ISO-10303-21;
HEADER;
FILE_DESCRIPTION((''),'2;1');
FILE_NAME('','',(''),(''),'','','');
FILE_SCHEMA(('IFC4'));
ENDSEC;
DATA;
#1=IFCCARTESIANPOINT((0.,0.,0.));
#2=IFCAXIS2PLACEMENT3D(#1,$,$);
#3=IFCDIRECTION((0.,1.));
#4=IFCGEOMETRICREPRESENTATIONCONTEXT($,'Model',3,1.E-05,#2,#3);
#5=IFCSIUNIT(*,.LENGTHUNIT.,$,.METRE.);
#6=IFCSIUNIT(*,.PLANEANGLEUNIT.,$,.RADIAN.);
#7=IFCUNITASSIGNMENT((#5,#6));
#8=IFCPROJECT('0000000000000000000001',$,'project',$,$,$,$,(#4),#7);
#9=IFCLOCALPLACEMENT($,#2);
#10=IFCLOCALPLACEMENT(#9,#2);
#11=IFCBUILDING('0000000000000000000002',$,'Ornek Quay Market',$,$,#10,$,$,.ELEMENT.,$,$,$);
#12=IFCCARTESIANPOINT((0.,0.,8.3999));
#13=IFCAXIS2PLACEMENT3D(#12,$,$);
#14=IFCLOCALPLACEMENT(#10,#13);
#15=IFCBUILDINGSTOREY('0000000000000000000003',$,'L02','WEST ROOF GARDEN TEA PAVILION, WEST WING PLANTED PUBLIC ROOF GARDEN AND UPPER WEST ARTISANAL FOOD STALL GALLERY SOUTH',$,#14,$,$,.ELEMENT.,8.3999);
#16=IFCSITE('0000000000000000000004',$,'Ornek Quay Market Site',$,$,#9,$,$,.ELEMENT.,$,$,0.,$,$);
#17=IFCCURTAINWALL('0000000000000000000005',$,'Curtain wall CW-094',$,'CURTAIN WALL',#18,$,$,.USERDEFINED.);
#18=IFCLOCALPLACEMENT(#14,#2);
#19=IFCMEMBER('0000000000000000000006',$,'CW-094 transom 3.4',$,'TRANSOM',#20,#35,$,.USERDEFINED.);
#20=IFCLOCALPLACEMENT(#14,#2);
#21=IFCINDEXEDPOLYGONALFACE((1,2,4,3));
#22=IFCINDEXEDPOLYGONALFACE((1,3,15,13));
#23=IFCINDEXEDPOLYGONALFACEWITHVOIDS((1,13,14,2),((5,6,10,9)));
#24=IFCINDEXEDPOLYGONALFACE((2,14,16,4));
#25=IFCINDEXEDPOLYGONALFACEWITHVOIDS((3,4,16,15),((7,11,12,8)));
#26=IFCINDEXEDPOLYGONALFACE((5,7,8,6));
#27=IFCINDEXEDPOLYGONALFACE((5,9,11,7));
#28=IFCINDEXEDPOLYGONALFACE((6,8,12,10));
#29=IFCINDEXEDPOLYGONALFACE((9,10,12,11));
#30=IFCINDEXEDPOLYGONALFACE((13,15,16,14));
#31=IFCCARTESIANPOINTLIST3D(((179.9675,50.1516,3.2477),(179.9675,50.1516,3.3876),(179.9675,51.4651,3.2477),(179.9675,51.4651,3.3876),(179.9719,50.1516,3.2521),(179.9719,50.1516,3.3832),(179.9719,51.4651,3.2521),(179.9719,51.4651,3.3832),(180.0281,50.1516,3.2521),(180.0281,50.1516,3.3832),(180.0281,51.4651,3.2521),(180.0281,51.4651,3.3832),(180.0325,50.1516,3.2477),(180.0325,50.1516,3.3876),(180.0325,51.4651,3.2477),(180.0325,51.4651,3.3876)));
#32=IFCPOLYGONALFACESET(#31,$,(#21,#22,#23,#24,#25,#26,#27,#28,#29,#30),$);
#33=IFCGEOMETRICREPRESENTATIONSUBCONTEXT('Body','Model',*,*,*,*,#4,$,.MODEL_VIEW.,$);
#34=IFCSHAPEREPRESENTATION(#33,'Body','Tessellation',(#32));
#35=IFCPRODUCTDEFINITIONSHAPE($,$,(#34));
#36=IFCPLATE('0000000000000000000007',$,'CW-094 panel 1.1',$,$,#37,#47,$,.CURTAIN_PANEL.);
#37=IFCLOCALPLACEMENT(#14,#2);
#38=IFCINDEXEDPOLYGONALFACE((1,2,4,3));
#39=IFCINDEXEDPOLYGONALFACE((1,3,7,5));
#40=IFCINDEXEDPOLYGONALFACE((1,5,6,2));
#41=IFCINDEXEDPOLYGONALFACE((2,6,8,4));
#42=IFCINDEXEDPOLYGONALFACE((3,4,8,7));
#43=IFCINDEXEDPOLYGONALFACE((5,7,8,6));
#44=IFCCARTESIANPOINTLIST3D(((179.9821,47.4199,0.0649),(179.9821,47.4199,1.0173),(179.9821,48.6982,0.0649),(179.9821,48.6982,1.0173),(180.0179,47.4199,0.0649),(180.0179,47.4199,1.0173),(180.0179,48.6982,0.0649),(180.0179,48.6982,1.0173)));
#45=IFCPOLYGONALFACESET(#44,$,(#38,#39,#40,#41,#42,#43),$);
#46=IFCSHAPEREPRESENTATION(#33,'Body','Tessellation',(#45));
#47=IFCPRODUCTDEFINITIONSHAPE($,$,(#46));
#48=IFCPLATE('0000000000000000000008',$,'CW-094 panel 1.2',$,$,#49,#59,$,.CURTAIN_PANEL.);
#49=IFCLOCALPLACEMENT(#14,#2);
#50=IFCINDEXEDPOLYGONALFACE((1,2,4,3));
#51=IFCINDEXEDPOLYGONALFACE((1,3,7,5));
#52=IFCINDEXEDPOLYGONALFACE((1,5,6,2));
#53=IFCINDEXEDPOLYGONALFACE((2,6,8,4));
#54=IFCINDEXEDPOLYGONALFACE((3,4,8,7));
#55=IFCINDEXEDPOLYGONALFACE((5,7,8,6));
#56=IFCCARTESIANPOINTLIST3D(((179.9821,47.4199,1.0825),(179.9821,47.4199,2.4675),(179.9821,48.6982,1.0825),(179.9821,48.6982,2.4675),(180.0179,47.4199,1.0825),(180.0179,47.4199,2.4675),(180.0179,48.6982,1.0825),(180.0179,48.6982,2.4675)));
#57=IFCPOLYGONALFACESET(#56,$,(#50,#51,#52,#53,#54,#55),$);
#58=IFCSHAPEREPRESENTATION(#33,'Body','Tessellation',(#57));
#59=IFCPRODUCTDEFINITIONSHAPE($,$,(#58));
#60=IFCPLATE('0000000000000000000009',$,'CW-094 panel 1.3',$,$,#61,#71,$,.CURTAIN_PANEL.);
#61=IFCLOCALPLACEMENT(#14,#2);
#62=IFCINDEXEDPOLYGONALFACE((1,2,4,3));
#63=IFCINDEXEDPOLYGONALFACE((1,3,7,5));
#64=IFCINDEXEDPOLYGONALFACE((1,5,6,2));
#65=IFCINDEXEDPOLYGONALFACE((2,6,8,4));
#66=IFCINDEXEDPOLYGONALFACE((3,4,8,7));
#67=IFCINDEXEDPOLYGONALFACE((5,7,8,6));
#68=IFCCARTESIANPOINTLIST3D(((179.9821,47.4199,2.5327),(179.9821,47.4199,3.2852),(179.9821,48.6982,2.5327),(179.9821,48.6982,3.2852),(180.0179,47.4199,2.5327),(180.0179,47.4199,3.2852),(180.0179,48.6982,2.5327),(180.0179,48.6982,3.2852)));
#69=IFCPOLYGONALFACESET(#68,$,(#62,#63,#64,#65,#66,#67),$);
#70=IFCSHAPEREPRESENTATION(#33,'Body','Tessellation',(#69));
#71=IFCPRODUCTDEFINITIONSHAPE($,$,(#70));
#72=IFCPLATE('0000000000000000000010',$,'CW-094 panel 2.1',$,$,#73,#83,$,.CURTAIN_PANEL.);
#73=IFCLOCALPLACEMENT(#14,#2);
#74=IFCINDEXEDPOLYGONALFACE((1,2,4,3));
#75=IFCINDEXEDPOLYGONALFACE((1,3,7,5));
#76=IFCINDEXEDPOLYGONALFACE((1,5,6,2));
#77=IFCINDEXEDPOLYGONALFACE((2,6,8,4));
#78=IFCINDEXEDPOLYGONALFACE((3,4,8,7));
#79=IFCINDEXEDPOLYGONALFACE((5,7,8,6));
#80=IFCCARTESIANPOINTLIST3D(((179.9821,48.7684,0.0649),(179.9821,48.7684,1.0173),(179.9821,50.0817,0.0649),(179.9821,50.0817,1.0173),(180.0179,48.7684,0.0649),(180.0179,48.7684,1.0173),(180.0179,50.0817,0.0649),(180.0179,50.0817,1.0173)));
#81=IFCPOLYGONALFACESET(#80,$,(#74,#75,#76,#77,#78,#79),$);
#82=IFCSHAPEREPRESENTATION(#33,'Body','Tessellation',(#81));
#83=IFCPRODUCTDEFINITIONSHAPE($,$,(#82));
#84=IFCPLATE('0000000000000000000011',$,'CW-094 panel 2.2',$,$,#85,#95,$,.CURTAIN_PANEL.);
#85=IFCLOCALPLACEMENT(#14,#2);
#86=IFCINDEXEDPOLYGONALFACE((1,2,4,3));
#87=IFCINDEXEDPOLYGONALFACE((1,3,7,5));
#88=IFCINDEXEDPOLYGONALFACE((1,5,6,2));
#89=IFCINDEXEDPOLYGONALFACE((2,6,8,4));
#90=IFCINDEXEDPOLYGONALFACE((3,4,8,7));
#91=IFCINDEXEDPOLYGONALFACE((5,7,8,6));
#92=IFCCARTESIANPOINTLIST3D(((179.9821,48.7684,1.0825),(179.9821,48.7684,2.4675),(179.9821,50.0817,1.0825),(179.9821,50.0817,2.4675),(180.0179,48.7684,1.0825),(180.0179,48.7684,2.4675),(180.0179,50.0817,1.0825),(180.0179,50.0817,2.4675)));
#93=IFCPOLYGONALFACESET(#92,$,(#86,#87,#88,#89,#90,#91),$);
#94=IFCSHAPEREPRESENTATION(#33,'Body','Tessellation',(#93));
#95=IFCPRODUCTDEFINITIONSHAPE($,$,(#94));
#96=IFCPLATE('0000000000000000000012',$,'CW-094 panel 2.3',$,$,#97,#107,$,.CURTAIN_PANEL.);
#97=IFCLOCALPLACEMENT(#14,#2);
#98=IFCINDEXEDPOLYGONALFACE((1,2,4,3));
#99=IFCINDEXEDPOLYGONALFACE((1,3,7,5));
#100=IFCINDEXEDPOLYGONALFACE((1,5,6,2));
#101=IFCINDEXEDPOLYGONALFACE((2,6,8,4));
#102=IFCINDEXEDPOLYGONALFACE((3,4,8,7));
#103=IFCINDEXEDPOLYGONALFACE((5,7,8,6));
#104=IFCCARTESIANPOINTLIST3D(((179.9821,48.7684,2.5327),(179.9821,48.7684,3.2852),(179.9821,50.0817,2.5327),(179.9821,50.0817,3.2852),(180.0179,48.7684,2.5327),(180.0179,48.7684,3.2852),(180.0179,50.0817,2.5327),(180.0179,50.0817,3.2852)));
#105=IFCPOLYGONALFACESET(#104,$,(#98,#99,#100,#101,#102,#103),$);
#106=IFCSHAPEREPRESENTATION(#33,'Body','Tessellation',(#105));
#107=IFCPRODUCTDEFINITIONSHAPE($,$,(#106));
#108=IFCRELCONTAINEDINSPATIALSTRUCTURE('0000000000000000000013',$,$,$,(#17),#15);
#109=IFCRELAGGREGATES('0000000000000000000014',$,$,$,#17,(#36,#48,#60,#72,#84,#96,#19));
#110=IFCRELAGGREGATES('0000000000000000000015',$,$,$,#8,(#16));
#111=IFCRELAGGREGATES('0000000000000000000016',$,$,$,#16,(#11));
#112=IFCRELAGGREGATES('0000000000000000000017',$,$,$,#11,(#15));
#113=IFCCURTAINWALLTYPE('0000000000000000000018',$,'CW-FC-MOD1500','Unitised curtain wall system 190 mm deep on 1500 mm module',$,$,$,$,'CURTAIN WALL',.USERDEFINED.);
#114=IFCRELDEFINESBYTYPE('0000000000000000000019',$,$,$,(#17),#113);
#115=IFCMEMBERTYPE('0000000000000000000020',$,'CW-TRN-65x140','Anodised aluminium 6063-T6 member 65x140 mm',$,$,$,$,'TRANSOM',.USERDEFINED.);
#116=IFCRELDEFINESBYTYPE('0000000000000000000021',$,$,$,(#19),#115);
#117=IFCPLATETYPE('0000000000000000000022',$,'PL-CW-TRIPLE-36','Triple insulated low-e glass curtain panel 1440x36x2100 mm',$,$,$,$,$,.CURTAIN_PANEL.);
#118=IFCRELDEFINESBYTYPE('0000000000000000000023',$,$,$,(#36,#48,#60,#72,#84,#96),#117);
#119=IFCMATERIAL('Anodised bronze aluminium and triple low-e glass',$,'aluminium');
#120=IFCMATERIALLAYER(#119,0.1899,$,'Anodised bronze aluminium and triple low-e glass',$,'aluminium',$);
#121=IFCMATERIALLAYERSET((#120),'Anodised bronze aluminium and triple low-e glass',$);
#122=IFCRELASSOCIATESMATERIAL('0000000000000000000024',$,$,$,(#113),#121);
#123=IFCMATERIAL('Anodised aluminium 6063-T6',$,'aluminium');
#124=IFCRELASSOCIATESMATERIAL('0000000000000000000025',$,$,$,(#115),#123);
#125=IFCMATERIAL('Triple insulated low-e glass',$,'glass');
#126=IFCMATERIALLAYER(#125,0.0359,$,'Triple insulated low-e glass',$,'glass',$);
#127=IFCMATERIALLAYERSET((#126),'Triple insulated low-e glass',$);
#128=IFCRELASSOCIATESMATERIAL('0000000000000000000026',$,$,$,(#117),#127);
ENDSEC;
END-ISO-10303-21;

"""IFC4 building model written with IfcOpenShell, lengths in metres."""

from ifc_helpers import new_model, si_unit, direction, frame, origin, origin_2d, place, context, subcontext, project, spatial, rectangle, hollow_rectangle, extrude, material, layer, layer_set, material_profile, profile_set, type_object, element, aggregate, save


model = new_model("IFC4")

# Units and contexts
model_context = context("Model", 3, precision=1e-05, world=origin(), true_north=direction((0.0, 1.0)))
body_context = subcontext(model_context, "Body", "Model", "MODEL_VIEW")
ifc_project = project(units=[si_unit("LENGTHUNIT", "METRE"), si_unit("PLANEANGLEUNIT", "RADIAN")], contexts=[model_context])

# Site, building, storey
site_placement = place(None, origin())
site = spatial("IfcSite", under=ifc_project, at=site_placement, Name="Ornek Quay Market Site", CompositionType="ELEMENT", RefElevation=0.0)
building_placement = place(site_placement, origin())
building = spatial("IfcBuilding", under=site, at=building_placement, Name="Ornek Quay Market", CompositionType="ELEMENT")
storey_placement = place(building_placement, frame((0.0, 0.0, 8.3999)))
storey = spatial("IfcBuildingStorey", under=building, at=storey_placement, Name="L02", Description="WEST ROOF GARDEN TEA PAVILION, WEST WING PLANTED PUBLIC ROOF GARDEN AND UPPER WEST ARTISANAL FOOD STALL GALLERY SOUTH", CompositionType="ELEMENT", Elevation=8.3999)

# Curtain wall, member, plates
ifc_material_1 = material(Name="Anodised bronze aluminium and triple low-e glass", Category="aluminium")
ifc_layer_1 = layer(ifc_material_1, 0.1899, Name="Anodised bronze aluminium and triple low-e glass", Category="aluminium")
ifc_layer_set_1 = layer_set([ifc_layer_1], Name="Anodised bronze aluminium and triple low-e glass")
curtain_wall_type = type_object("IfcCurtainWallType", Name="CW-FC-MOD1500", Description="Unitised curtain wall system 190 mm deep on 1500 mm module", ElementType="CURTAIN WALL", PredefinedType="USERDEFINED", material=ifc_layer_set_1)
curtain_wall_placement = place(storey_placement, origin())
curtain_wall = element("IfcCurtainWall", 1, at=curtain_wall_placement, inside=storey, type_object=curtain_wall_type, Name="Curtain wall CW-094", ObjectType="CURTAIN WALL", PredefinedType="USERDEFINED")
ifc_material_2 = material(Name="Anodised aluminium 6063-T6", Category="aluminium")
ifc_material_profile_1 = material_profile(ifc_material_2, hollow_rectangle(XDim=0.0649, YDim=0.1399, WallThickness=0.0044, at=origin_2d()), Name="CW-TRN-65x140", Category="aluminium")
ifc_profile_set_1 = profile_set([ifc_material_profile_1], Name="Anodised aluminium 6063-T6")
member_type_1 = type_object("IfcMemberType", Name="CW-TRN-65x140", Description="Anodised aluminium 6063-T6 member 65x140 mm", ElementType="TRANSOM", PredefinedType="USERDEFINED", material=ifc_profile_set_1)
member_1_placement = place(storey_placement, frame((180.0, 50.1516, 3.3176), z_axis=(0.0, 1.0, 0.0), x_axis=(-1.0, 0.0, 0.0)))
member_1 = element("IfcMember", 2, at=member_1_placement, type_object=member_type_1, Name="CW-094 transom 3.4", ObjectType="TRANSOM", PredefinedType="USERDEFINED", context=body_context, shape_type="SweptSolid", body=[
    extrude(hollow_rectangle(XDim=0.0649, YDim=0.1399, WallThickness=0.0044, at=origin_2d()), origin(), (0.0, 0.0, 1.0), 1.3135),
])
ifc_material_3 = material(Name="Triple insulated low-e glass", Category="glass")
ifc_layer_2 = layer(ifc_material_3, 0.0359, Name="Triple insulated low-e glass", Category="glass")
ifc_layer_set_2 = layer_set([ifc_layer_2], Name="Triple insulated low-e glass")
plate_type = type_object("IfcPlateType", Name="PL-CW-TRIPLE-36", Description="Triple insulated low-e glass curtain panel 1440x36x2100 mm", PredefinedType="CURTAIN_PANEL", material=ifc_layer_set_2)
plate_1_placement = place(storey_placement, frame((180.0, 48.0591, 0.0649), z_axis=(0.0, 0.0, 1.0), x_axis=(0.0, 1.0, 0.0)))
plate_1 = element("IfcPlate", 3, at=plate_1_placement, type_object=plate_type, Name="CW-094 panel 1.1", PredefinedType="CURTAIN_PANEL", context=body_context, shape_type="SweptSolid", body=[
    extrude(rectangle(XDim=1.2783, YDim=0.0359, at=origin_2d()), origin(), (0.0, 0.0, 1.0), 0.9524),
])
plate_2_placement = place(storey_placement, frame((180.0, 48.0591, 1.0825), z_axis=(0.0, 0.0, 1.0), x_axis=(0.0, 1.0, 0.0)))
plate_2 = element("IfcPlate", 4, at=plate_2_placement, type_object=plate_type, Name="CW-094 panel 1.2", PredefinedType="CURTAIN_PANEL", context=body_context, shape_type="SweptSolid", body=[
    extrude(rectangle(XDim=1.2783, YDim=0.0359, at=origin_2d()), origin(), (0.0, 0.0, 1.0), 1.385),
])
plate_3_placement = place(storey_placement, frame((180.0, 48.0591, 2.5327), z_axis=(0.0, 0.0, 1.0), x_axis=(0.0, 1.0, 0.0)))
plate_3 = element("IfcPlate", 5, at=plate_3_placement, type_object=plate_type, Name="CW-094 panel 1.3", PredefinedType="CURTAIN_PANEL", context=body_context, shape_type="SweptSolid", body=[
    extrude(rectangle(XDim=1.2783, YDim=0.0359, at=origin_2d()), origin(), (0.0, 0.0, 1.0), 0.7524),
])
plate_4_placement = place(storey_placement, frame((180.0, 49.425, 0.0649), z_axis=(0.0, 0.0, 1.0), x_axis=(0.0, 1.0, 0.0)))
plate_4 = element("IfcPlate", 6, at=plate_4_placement, type_object=plate_type, Name="CW-094 panel 2.1", PredefinedType="CURTAIN_PANEL", context=body_context, shape_type="SweptSolid", body=[
    extrude(rectangle(XDim=1.3132, YDim=0.0359, at=origin_2d()), origin(), (0.0, 0.0, 1.0), 0.9524),
])
plate_5_placement = place(storey_placement, frame((180.0, 49.425, 1.0825), z_axis=(0.0, 0.0, 1.0), x_axis=(0.0, 1.0, 0.0)))
plate_5 = element("IfcPlate", 7, at=plate_5_placement, type_object=plate_type, Name="CW-094 panel 2.2", PredefinedType="CURTAIN_PANEL", context=body_context, shape_type="SweptSolid", body=[
    extrude(rectangle(XDim=1.3132, YDim=0.0359, at=origin_2d()), origin(), (0.0, 0.0, 1.0), 1.385),
])
plate_6_placement = place(storey_placement, frame((180.0, 49.425, 2.5327), z_axis=(0.0, 0.0, 1.0), x_axis=(0.0, 1.0, 0.0)))
plate_6 = element("IfcPlate", 8, at=plate_6_placement, type_object=plate_type, Name="CW-094 panel 2.3", PredefinedType="CURTAIN_PANEL", context=body_context, shape_type="SweptSolid", body=[
    extrude(rectangle(XDim=1.3132, YDim=0.0359, at=origin_2d()), origin(), (0.0, 0.0, 1.0), 0.7524),
])
aggregate(curtain_wall, [plate_1, plate_2, plate_3, plate_4, plate_5, plate_6, member_1])

save(model, "model.ifc")
